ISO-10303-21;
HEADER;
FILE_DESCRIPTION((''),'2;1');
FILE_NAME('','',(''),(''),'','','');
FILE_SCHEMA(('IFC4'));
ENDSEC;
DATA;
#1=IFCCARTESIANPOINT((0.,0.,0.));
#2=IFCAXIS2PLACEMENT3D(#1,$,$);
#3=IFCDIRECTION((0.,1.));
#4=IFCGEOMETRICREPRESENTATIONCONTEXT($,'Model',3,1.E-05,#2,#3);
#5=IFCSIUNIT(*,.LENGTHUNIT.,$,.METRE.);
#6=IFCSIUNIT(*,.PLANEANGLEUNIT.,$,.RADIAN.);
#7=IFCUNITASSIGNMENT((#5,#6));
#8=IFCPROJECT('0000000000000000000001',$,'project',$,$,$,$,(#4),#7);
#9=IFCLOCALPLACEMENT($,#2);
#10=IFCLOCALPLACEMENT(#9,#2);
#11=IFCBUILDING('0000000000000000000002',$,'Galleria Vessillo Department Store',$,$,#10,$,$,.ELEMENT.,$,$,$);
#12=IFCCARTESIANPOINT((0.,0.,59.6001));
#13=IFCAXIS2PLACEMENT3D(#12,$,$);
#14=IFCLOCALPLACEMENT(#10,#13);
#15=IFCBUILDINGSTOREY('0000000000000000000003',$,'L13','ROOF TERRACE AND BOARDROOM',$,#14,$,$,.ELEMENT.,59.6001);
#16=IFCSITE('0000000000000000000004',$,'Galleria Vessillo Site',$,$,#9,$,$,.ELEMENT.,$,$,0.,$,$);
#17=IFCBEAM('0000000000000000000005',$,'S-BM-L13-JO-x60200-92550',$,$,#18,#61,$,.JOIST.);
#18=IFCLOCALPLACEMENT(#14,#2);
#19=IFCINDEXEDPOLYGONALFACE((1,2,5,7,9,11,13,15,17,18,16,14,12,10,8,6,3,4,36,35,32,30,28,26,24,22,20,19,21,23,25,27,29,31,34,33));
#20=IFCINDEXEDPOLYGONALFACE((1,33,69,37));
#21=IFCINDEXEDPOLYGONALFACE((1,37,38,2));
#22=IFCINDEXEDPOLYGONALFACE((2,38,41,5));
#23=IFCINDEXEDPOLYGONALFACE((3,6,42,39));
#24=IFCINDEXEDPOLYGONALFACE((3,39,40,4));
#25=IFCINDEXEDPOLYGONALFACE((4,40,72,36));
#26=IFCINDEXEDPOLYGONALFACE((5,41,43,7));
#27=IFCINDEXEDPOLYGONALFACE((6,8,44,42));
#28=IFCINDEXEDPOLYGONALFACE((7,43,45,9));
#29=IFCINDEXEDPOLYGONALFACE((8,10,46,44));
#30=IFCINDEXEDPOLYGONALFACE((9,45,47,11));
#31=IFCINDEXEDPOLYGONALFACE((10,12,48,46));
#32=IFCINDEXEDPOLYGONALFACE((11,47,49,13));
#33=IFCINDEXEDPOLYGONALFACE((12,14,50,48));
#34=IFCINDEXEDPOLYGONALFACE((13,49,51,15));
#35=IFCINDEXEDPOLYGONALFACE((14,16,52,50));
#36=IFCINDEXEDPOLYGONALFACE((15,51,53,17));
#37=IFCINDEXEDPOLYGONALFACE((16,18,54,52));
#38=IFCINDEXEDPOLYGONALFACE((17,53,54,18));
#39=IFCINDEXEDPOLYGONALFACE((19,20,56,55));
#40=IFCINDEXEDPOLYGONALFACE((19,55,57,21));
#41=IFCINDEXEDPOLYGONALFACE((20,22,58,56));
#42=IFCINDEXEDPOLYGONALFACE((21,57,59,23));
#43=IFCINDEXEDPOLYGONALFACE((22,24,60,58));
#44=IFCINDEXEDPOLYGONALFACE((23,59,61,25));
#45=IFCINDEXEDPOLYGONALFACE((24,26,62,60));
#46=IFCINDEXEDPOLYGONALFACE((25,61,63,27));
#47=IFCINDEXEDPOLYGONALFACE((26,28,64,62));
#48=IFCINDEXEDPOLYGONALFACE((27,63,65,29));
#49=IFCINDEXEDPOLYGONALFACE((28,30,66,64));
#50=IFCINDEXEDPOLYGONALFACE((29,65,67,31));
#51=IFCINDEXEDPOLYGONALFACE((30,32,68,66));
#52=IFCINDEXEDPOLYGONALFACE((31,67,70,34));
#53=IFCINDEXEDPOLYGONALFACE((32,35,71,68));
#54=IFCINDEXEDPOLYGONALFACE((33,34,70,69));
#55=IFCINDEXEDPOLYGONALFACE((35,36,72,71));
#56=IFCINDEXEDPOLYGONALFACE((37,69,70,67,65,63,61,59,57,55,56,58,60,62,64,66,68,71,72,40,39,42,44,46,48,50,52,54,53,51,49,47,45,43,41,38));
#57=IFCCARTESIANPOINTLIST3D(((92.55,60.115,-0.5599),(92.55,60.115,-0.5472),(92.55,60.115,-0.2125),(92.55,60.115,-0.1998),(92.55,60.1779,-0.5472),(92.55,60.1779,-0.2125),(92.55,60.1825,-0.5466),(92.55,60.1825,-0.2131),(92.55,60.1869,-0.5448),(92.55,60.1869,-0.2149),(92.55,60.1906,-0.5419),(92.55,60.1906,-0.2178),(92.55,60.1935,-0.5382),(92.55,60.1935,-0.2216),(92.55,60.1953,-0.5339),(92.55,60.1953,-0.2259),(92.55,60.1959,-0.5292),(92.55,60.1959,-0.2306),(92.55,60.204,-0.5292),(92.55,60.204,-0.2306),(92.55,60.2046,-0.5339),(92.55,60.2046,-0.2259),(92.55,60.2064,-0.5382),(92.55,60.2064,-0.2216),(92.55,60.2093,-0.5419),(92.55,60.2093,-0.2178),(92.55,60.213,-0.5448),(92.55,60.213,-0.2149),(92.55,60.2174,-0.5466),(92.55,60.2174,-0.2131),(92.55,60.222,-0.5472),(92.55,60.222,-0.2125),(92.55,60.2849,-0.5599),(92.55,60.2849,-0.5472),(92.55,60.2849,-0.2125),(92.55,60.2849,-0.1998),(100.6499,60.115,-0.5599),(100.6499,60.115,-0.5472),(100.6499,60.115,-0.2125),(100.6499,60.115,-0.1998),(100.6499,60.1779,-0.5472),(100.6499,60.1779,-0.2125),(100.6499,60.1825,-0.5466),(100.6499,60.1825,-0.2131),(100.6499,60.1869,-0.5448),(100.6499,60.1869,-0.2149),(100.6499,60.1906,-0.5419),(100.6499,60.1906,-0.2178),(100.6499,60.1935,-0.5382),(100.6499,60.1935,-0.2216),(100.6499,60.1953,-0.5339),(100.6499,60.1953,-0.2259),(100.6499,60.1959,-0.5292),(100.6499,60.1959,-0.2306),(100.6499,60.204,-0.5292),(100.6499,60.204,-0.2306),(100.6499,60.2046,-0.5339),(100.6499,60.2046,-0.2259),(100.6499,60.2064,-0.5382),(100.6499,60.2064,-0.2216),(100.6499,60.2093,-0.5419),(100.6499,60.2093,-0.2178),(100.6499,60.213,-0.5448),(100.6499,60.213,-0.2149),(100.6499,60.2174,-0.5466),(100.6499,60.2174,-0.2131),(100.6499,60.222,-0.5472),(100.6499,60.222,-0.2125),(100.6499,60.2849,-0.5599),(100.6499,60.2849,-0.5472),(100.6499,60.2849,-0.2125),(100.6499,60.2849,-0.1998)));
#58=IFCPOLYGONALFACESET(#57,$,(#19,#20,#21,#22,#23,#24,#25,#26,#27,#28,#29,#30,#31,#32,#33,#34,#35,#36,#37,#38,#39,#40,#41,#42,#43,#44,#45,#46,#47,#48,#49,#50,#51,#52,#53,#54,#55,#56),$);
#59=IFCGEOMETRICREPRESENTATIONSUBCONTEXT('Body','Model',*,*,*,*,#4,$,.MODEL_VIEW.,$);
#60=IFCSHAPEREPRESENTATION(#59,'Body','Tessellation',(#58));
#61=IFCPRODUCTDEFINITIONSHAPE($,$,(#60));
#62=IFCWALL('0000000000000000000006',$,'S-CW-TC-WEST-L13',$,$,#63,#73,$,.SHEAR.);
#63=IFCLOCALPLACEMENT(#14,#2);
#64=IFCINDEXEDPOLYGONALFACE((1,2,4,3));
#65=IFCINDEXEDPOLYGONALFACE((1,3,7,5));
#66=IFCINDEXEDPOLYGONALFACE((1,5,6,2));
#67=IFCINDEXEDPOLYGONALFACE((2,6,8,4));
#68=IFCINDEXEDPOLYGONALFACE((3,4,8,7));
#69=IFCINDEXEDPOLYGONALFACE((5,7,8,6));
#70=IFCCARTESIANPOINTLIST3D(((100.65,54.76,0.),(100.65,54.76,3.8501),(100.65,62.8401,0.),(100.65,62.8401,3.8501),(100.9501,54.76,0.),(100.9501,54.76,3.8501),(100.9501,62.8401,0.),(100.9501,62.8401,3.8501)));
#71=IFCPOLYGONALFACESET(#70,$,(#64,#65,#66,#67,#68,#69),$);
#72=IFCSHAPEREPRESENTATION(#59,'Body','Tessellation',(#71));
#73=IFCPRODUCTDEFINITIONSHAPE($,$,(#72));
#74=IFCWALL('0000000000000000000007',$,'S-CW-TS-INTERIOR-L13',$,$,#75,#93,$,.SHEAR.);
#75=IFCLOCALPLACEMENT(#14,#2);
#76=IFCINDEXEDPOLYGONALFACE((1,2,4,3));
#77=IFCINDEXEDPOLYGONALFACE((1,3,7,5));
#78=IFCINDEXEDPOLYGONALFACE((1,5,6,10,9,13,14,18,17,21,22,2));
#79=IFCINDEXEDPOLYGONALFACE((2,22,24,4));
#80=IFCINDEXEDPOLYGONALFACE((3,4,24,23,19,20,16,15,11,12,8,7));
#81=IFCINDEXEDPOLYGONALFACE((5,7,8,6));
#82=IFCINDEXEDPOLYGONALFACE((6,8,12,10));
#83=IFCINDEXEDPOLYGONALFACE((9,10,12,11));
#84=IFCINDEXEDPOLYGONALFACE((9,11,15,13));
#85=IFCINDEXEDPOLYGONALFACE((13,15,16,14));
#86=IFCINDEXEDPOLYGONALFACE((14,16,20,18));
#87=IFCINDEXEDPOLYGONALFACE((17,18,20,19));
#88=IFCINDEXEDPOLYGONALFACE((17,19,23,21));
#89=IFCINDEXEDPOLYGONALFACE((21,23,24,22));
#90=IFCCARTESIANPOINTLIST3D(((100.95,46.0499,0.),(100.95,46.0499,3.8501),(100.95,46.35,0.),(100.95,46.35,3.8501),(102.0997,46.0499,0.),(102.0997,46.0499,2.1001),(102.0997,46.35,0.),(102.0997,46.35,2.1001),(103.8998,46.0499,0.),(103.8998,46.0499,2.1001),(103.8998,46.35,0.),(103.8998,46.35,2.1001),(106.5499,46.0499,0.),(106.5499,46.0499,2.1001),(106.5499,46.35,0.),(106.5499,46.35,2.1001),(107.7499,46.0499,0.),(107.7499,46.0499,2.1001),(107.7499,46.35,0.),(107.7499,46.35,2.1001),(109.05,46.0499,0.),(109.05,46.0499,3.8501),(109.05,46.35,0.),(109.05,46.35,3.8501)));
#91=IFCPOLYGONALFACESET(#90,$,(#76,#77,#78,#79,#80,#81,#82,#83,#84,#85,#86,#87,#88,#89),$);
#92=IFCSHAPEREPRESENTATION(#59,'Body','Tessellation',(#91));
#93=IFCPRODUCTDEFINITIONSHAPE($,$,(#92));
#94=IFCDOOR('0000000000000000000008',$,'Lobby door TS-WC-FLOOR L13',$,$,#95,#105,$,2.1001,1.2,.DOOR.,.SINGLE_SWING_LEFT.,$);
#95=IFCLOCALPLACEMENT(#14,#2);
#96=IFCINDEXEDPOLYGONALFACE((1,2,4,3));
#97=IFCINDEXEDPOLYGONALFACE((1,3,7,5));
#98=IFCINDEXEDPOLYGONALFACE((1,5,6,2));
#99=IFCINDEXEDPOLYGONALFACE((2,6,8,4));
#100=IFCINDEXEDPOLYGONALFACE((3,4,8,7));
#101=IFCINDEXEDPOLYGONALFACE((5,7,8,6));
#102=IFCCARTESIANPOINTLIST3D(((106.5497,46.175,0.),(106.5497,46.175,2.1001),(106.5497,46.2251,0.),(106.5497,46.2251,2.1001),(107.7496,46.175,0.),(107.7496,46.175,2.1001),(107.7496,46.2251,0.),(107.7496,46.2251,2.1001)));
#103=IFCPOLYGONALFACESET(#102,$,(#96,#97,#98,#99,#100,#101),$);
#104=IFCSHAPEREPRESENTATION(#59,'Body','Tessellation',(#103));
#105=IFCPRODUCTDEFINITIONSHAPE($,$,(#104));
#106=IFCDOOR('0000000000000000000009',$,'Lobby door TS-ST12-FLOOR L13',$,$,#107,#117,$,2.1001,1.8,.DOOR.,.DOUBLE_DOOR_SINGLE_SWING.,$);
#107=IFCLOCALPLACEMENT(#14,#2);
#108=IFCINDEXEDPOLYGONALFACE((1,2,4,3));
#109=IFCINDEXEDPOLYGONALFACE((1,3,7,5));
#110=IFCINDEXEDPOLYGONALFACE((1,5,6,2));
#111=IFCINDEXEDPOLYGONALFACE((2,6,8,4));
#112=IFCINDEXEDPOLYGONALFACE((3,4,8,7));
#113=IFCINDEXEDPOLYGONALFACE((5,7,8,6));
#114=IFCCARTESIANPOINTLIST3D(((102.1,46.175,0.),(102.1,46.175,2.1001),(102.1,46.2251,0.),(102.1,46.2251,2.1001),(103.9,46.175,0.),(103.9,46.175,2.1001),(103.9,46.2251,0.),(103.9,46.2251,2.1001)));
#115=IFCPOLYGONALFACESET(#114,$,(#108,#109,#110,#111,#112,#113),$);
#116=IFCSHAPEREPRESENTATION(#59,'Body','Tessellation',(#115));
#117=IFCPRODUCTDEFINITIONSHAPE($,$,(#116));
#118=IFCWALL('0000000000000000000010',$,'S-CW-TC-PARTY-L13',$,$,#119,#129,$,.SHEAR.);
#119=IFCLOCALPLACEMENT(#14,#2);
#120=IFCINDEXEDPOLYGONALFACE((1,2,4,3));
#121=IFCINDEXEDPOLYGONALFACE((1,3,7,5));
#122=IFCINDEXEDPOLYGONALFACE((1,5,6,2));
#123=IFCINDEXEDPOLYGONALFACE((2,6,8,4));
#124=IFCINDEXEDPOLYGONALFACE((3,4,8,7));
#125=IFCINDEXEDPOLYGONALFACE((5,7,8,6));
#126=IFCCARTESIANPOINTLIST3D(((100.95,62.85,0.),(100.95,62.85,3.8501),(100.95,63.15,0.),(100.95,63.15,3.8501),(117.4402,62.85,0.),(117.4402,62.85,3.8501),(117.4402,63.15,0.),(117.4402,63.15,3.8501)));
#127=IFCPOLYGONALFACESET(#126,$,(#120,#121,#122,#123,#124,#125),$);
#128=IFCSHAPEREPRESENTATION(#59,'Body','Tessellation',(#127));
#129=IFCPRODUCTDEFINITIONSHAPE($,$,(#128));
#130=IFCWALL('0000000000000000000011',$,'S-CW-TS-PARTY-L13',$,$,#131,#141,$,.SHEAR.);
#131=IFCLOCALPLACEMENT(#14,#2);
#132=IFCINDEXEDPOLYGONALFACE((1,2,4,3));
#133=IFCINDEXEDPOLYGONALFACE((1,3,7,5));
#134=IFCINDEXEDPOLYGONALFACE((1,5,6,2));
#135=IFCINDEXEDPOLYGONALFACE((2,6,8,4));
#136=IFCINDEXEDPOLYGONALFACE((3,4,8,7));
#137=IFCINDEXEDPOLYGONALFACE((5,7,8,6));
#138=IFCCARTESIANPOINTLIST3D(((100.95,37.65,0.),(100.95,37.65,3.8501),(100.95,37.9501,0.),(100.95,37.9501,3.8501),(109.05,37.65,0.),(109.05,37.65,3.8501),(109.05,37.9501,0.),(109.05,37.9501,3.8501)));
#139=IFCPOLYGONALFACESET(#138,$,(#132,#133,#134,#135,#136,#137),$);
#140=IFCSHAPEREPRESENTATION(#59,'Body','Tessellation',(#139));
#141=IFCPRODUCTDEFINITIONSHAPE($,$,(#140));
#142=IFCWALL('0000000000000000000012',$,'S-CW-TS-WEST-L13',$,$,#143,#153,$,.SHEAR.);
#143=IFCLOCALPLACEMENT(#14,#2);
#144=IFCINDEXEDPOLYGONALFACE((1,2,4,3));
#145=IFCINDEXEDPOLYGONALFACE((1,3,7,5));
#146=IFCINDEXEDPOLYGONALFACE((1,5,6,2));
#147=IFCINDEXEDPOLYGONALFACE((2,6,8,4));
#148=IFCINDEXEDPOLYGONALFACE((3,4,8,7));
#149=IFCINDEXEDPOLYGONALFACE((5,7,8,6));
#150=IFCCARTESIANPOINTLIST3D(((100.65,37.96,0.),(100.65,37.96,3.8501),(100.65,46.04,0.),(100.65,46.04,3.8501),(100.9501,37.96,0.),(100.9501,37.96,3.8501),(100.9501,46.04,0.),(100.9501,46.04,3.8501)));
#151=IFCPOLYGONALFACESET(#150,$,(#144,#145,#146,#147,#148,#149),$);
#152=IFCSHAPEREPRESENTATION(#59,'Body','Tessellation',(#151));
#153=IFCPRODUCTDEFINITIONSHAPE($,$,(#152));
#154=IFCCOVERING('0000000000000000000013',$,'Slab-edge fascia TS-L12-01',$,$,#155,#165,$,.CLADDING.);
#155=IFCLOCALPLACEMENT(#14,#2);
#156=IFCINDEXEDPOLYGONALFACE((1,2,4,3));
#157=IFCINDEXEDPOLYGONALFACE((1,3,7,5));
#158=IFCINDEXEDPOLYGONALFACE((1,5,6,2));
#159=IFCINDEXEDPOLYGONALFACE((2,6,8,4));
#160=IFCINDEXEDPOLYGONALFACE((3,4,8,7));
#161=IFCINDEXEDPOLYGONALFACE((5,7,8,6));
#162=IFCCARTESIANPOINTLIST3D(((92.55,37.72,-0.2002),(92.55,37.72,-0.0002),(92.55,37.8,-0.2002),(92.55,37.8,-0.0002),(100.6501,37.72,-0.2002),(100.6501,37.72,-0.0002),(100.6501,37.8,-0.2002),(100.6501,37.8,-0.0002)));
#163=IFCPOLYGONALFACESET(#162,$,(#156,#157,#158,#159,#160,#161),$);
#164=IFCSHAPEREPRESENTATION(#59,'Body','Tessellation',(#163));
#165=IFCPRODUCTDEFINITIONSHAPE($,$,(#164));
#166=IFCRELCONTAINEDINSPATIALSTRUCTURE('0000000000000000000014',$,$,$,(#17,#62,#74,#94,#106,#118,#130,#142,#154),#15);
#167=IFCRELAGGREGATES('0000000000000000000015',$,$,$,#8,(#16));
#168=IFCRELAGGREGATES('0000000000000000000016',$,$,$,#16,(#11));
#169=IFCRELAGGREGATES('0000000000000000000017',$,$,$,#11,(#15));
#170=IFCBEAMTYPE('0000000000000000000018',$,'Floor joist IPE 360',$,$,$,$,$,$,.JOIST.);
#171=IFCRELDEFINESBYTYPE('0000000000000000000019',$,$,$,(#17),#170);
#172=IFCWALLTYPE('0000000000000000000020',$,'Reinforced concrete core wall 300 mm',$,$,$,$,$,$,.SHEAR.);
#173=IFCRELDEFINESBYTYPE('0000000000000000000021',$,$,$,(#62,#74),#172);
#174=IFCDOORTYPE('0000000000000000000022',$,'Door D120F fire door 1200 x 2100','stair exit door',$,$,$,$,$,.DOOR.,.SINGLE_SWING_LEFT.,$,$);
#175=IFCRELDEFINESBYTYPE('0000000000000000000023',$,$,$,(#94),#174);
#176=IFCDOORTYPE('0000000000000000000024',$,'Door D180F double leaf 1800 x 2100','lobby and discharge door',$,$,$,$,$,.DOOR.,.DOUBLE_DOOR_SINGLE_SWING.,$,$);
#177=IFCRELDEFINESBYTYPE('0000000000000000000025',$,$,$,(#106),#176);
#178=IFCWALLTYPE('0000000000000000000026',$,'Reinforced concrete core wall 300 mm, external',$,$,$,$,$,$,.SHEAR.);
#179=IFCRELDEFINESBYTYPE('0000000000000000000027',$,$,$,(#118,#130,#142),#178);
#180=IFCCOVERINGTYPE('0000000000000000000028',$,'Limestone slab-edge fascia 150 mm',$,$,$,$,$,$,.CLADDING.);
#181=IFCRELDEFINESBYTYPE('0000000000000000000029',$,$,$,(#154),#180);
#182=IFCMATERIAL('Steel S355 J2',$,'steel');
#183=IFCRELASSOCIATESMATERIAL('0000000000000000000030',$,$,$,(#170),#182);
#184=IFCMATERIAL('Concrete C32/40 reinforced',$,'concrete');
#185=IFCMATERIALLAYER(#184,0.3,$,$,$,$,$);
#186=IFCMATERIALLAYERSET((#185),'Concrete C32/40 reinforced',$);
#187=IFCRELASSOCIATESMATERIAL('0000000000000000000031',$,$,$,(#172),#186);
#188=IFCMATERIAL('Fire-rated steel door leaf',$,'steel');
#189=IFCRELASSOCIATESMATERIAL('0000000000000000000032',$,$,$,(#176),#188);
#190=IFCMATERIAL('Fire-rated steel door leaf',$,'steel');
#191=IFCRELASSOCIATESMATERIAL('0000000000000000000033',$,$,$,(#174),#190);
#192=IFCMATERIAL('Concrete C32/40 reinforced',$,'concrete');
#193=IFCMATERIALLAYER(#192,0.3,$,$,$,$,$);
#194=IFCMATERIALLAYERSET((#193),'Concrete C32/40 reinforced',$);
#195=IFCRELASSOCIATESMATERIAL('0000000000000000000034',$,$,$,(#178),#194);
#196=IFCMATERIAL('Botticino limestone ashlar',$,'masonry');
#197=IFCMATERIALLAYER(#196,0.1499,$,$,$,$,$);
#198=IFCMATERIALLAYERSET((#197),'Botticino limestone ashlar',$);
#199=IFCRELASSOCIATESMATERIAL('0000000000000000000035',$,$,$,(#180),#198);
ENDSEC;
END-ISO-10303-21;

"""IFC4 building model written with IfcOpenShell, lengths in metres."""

from ifc_helpers import new_model, si_unit, direction, frame, frame_2d, origin, origin_2d, place, context, subcontext, project, spatial, rectangle, i_section, extrude, material, layer, layer_set, material_profile, profile_set, type_object, element, fill, save


model = new_model("IFC4")

# Units and contexts
model_context = context("Model", 3, precision=1e-05, world=origin(), true_north=direction((0.0, 1.0)))
body_context = subcontext(model_context, "Body", "Model", "MODEL_VIEW")
ifc_project = project(units=[si_unit("LENGTHUNIT", "METRE"), si_unit("PLANEANGLEUNIT", "RADIAN")], contexts=[model_context])

# Site, building, storey
site_placement = place(None, origin())
site = spatial("IfcSite", under=ifc_project, at=site_placement, Name="Galleria Vessillo Site", CompositionType="ELEMENT", RefElevation=0.0)
building_placement = place(site_placement, origin())
building = spatial("IfcBuilding", under=site, at=building_placement, Name="Galleria Vessillo Department Store", CompositionType="ELEMENT")
storey_placement = place(building_placement, frame((0.0, 0.0, 59.6001)))
storey = spatial("IfcBuildingStorey", under=building, at=storey_placement, Name="L13", Description="ROOF TERRACE AND BOARDROOM", CompositionType="ELEMENT", Elevation=59.6001)

# Beam
ifc_material_1 = material(Name="Steel S355 J2", Category="steel")
ifc_material_profile_1 = material_profile(ifc_material_1, i_section(OverallWidth=0.1699, OverallDepth=0.3601, WebThickness=0.0081, FlangeThickness=0.0127, FilletRadius=0.0181, at=origin_2d()), Name="IPE 360")
ifc_profile_set_1 = profile_set([ifc_material_profile_1], Name="Steel S355 J2")
beam_type_1 = type_object("IfcBeamType", Name="Floor joist IPE 360", PredefinedType="JOIST", material=ifc_profile_set_1)
for number, where, z_axis, x_axis, name in (
    (1, (92.55, 60.2, -0.3799), (1.0, 0.0, 0.0), (0.0, 1.0, 0.0), "S-BM-L13-JO-x60200-92550"),
):
    element("IfcBeam", number, at=place(storey_placement, frame(where, z_axis=z_axis, x_axis=x_axis)), inside=storey, type_object=beam_type_1, Name=name, PredefinedType="JOIST", context=body_context, shape_type="SweptSolid", body=[
        extrude(i_section(OverallWidth=0.1699, OverallDepth=0.3601, WebThickness=0.0081, FlangeThickness=0.0127, FilletRadius=0.0181, at=origin_2d()), origin(), (0.0, 0.0, 1.0), 8.0999),
    ])

# Shared definitions
ifc_material_2 = material(Name="Concrete C32/40 reinforced", Category="concrete")
ifc_layer_1 = layer(ifc_material_2, 0.3)
ifc_layer_set_1 = layer_set([ifc_layer_1], Name="Concrete C32/40 reinforced")
wall_type_1 = type_object("IfcWallType", Name="Reinforced concrete core wall 300 mm", PredefinedType="SHEAR", material=ifc_layer_set_1)
ifc_material_3 = material(Name="Fire-rated steel door leaf", Category="steel")
door_type_1 = type_object("IfcDoorType", Name="Door D180F double leaf 1800 x 2100", Description="lobby and discharge door", OperationType="DOUBLE_DOOR_SINGLE_SWING", PredefinedType="DOOR", material=ifc_material_3)

# Wall
wall_1_placement = place(storey_placement, frame((100.8, 54.76, 0.0), z_axis=(0.0, 0.0, 1.0), x_axis=(0.0, 1.0, 0.0)))
element("IfcWall", 2, at=wall_1_placement, inside=storey, type_object=wall_type_1, Name="S-CW-TC-WEST-L13", PredefinedType="SHEAR", context=body_context, shape_type="SweptSolid", body=[
    extrude(rectangle(XDim=8.0801, YDim=0.3, at=frame_2d((4.04, 0.0))), origin(), (0.0, 0.0, 1.0), 3.8501),
])

# Wall, openings, doors
wall_2_placement = place(storey_placement, frame((100.95, 46.2, 0.0), z_axis=(0.0, 0.0, 1.0), x_axis=(1.0, 0.0, 0.0)))
wall_2 = element("IfcWall", 3, at=wall_2_placement, inside=storey, type_object=wall_type_1, Name="S-CW-TS-INTERIOR-L13", PredefinedType="SHEAR", context=body_context, shape_type="SweptSolid", body=[
    extrude(rectangle(XDim=8.1001, YDim=0.3, at=frame_2d((4.05, 0.0))), origin(), (0.0, 0.0, 1.0), 3.8501),
])
opening_1_placement = place(wall_2_placement, frame((1.1499, 0.0, 0.0)))
opening_1 = element("IfcOpeningElement", 4, at=opening_1_placement, cuts=wall_2, PredefinedType="OPENING", context=body_context, shape_type="SweptSolid", body=[
    extrude(rectangle(XDim=1.8, YDim=2.1001, at=frame_2d((0.8999, 1.05))), frame((0.0, 0.1602, 0.0), z_axis=(0.0, -1.0, 0.0), x_axis=(1.0, 0.0, 0.0)), (0.0, 0.0, 1.0), 0.3201),
])
opening_2_placement = place(wall_2_placement, frame((5.5999, 0.0, 0.0)))
opening_2 = element("IfcOpeningElement", 5, at=opening_2_placement, cuts=wall_2, PredefinedType="OPENING", context=body_context, shape_type="SweptSolid", body=[
    extrude(rectangle(XDim=1.2, YDim=2.1001, at=frame_2d((0.6001, 1.05))), frame((0.0, 0.1602, 0.0), z_axis=(0.0, -1.0, 0.0), x_axis=(1.0, 0.0, 0.0)), (0.0, 0.0, 1.0), 0.3201),
])
ifc_material_4 = material(Name="Fire-rated steel door leaf", Category="steel")
door_type_2 = type_object("IfcDoorType", Name="Door D120F fire door 1200 x 2100", Description="stair exit door", OperationType="SINGLE_SWING_LEFT", PredefinedType="DOOR", material=ifc_material_4)
door_1_placement = place(opening_2_placement, frame((1.2, 0.0, 0.0), z_axis=(0.0, 0.0, 1.0), x_axis=(-1.0, 0.0, 0.0)))
door_1 = element("IfcDoor", 6, at=door_1_placement, inside=storey, type_object=door_type_2, Name="Lobby door TS-WC-FLOOR L13", OperationType="SINGLE_SWING_LEFT", OverallHeight=2.1001, OverallWidth=1.2, PredefinedType="DOOR", context=body_context, shape_type="SweptSolid", body=[
    extrude(rectangle(XDim=1.2, YDim=2.1001, at=frame_2d((0.6001, 1.05))), frame((0.0, 0.0249, 0.0), z_axis=(0.0, -1.0, 0.0), x_axis=(1.0, 0.0, 0.0)), (0.0, 0.0, 1.0), 0.05),
])
fill(opening_2, door_1)
door_2_placement = place(opening_1_placement, frame((1.8, 0.0, 0.0), z_axis=(0.0, 0.0, 1.0), x_axis=(-1.0, 0.0, 0.0)))
door_2 = element("IfcDoor", 7, at=door_2_placement, inside=storey, type_object=door_type_1, Name="Lobby door TS-ST12-FLOOR L13", OperationType="DOUBLE_DOOR_SINGLE_SWING", OverallHeight=2.1001, OverallWidth=1.8, PredefinedType="DOOR", context=body_context, shape_type="SweptSolid", body=[
    extrude(rectangle(XDim=1.8, YDim=2.1001, at=frame_2d((0.8999, 1.05))), frame((0.0, 0.0249, 0.0), z_axis=(0.0, -1.0, 0.0), x_axis=(1.0, 0.0, 0.0)), (0.0, 0.0, 1.0), 0.05),
])
fill(opening_1, door_2)

# Walls
ifc_material_5 = material(Name="Concrete C32/40 reinforced", Category="concrete")
ifc_layer_2 = layer(ifc_material_5, 0.3)
ifc_layer_set_2 = layer_set([ifc_layer_2], Name="Concrete C32/40 reinforced")
wall_type_2 = type_object("IfcWallType", Name="Reinforced concrete core wall 300 mm, external", PredefinedType="SHEAR", material=ifc_layer_set_2)
wall_3_placement = place(storey_placement, frame((100.95, 63.0, 0.0), z_axis=(0.0, 0.0, 1.0), x_axis=(1.0, 0.0, 0.0)))
element("IfcWall", 8, at=wall_3_placement, inside=storey, type_object=wall_type_2, Name="S-CW-TC-PARTY-L13", PredefinedType="SHEAR", context=body_context, shape_type="SweptSolid", body=[
    extrude(rectangle(XDim=16.4902, YDim=0.3, at=frame_2d((8.2451, 0.0))), origin(), (0.0, 0.0, 1.0), 3.8501),
])
wall_4_placement = place(storey_placement, frame((100.95, 37.8, 0.0), z_axis=(0.0, 0.0, 1.0), x_axis=(1.0, 0.0, 0.0)))
element("IfcWall", 9, at=wall_4_placement, inside=storey, type_object=wall_type_2, Name="S-CW-TS-PARTY-L13", PredefinedType="SHEAR", context=body_context, shape_type="SweptSolid", body=[
    extrude(rectangle(XDim=8.1001, YDim=0.3, at=frame_2d((4.05, 0.0))), origin(), (0.0, 0.0, 1.0), 3.8501),
])
wall_5_placement = place(storey_placement, frame((100.8, 37.96, 0.0), z_axis=(0.0, 0.0, 1.0), x_axis=(0.0, 1.0, 0.0)))
element("IfcWall", 10, at=wall_5_placement, inside=storey, type_object=wall_type_2, Name="S-CW-TS-WEST-L13", PredefinedType="SHEAR", context=body_context, shape_type="SweptSolid", body=[
    extrude(rectangle(XDim=8.0801, YDim=0.3, at=frame_2d((4.04, 0.0))), origin(), (0.0, 0.0, 1.0), 3.8501),
])

# Covering
ifc_material_6 = material(Name="Botticino limestone ashlar", Category="masonry")
ifc_layer_3 = layer(ifc_material_6, 0.1499)
ifc_layer_set_3 = layer_set([ifc_layer_3], Name="Botticino limestone ashlar")
covering_type_1 = type_object("IfcCoveringType", Name="Limestone slab-edge fascia 150 mm", PredefinedType="CLADDING", material=ifc_layer_set_3)
covering_1_placement = place(storey_placement, frame((96.6001, 37.76, -0.2002), z_axis=(0.0, 0.0, 1.0), x_axis=(1.0, 0.0, 0.0)))
element("IfcCovering", 11, at=covering_1_placement, inside=storey, type_object=covering_type_1, Name="Slab-edge fascia TS-L12-01", PredefinedType="CLADDING", context=body_context, shape_type="SweptSolid", body=[
    extrude(rectangle(XDim=8.1001, YDim=0.0801, at=origin_2d()), origin(), (0.0, 0.0, 1.0), 0.2),
])

save(model, "model.ifc")
